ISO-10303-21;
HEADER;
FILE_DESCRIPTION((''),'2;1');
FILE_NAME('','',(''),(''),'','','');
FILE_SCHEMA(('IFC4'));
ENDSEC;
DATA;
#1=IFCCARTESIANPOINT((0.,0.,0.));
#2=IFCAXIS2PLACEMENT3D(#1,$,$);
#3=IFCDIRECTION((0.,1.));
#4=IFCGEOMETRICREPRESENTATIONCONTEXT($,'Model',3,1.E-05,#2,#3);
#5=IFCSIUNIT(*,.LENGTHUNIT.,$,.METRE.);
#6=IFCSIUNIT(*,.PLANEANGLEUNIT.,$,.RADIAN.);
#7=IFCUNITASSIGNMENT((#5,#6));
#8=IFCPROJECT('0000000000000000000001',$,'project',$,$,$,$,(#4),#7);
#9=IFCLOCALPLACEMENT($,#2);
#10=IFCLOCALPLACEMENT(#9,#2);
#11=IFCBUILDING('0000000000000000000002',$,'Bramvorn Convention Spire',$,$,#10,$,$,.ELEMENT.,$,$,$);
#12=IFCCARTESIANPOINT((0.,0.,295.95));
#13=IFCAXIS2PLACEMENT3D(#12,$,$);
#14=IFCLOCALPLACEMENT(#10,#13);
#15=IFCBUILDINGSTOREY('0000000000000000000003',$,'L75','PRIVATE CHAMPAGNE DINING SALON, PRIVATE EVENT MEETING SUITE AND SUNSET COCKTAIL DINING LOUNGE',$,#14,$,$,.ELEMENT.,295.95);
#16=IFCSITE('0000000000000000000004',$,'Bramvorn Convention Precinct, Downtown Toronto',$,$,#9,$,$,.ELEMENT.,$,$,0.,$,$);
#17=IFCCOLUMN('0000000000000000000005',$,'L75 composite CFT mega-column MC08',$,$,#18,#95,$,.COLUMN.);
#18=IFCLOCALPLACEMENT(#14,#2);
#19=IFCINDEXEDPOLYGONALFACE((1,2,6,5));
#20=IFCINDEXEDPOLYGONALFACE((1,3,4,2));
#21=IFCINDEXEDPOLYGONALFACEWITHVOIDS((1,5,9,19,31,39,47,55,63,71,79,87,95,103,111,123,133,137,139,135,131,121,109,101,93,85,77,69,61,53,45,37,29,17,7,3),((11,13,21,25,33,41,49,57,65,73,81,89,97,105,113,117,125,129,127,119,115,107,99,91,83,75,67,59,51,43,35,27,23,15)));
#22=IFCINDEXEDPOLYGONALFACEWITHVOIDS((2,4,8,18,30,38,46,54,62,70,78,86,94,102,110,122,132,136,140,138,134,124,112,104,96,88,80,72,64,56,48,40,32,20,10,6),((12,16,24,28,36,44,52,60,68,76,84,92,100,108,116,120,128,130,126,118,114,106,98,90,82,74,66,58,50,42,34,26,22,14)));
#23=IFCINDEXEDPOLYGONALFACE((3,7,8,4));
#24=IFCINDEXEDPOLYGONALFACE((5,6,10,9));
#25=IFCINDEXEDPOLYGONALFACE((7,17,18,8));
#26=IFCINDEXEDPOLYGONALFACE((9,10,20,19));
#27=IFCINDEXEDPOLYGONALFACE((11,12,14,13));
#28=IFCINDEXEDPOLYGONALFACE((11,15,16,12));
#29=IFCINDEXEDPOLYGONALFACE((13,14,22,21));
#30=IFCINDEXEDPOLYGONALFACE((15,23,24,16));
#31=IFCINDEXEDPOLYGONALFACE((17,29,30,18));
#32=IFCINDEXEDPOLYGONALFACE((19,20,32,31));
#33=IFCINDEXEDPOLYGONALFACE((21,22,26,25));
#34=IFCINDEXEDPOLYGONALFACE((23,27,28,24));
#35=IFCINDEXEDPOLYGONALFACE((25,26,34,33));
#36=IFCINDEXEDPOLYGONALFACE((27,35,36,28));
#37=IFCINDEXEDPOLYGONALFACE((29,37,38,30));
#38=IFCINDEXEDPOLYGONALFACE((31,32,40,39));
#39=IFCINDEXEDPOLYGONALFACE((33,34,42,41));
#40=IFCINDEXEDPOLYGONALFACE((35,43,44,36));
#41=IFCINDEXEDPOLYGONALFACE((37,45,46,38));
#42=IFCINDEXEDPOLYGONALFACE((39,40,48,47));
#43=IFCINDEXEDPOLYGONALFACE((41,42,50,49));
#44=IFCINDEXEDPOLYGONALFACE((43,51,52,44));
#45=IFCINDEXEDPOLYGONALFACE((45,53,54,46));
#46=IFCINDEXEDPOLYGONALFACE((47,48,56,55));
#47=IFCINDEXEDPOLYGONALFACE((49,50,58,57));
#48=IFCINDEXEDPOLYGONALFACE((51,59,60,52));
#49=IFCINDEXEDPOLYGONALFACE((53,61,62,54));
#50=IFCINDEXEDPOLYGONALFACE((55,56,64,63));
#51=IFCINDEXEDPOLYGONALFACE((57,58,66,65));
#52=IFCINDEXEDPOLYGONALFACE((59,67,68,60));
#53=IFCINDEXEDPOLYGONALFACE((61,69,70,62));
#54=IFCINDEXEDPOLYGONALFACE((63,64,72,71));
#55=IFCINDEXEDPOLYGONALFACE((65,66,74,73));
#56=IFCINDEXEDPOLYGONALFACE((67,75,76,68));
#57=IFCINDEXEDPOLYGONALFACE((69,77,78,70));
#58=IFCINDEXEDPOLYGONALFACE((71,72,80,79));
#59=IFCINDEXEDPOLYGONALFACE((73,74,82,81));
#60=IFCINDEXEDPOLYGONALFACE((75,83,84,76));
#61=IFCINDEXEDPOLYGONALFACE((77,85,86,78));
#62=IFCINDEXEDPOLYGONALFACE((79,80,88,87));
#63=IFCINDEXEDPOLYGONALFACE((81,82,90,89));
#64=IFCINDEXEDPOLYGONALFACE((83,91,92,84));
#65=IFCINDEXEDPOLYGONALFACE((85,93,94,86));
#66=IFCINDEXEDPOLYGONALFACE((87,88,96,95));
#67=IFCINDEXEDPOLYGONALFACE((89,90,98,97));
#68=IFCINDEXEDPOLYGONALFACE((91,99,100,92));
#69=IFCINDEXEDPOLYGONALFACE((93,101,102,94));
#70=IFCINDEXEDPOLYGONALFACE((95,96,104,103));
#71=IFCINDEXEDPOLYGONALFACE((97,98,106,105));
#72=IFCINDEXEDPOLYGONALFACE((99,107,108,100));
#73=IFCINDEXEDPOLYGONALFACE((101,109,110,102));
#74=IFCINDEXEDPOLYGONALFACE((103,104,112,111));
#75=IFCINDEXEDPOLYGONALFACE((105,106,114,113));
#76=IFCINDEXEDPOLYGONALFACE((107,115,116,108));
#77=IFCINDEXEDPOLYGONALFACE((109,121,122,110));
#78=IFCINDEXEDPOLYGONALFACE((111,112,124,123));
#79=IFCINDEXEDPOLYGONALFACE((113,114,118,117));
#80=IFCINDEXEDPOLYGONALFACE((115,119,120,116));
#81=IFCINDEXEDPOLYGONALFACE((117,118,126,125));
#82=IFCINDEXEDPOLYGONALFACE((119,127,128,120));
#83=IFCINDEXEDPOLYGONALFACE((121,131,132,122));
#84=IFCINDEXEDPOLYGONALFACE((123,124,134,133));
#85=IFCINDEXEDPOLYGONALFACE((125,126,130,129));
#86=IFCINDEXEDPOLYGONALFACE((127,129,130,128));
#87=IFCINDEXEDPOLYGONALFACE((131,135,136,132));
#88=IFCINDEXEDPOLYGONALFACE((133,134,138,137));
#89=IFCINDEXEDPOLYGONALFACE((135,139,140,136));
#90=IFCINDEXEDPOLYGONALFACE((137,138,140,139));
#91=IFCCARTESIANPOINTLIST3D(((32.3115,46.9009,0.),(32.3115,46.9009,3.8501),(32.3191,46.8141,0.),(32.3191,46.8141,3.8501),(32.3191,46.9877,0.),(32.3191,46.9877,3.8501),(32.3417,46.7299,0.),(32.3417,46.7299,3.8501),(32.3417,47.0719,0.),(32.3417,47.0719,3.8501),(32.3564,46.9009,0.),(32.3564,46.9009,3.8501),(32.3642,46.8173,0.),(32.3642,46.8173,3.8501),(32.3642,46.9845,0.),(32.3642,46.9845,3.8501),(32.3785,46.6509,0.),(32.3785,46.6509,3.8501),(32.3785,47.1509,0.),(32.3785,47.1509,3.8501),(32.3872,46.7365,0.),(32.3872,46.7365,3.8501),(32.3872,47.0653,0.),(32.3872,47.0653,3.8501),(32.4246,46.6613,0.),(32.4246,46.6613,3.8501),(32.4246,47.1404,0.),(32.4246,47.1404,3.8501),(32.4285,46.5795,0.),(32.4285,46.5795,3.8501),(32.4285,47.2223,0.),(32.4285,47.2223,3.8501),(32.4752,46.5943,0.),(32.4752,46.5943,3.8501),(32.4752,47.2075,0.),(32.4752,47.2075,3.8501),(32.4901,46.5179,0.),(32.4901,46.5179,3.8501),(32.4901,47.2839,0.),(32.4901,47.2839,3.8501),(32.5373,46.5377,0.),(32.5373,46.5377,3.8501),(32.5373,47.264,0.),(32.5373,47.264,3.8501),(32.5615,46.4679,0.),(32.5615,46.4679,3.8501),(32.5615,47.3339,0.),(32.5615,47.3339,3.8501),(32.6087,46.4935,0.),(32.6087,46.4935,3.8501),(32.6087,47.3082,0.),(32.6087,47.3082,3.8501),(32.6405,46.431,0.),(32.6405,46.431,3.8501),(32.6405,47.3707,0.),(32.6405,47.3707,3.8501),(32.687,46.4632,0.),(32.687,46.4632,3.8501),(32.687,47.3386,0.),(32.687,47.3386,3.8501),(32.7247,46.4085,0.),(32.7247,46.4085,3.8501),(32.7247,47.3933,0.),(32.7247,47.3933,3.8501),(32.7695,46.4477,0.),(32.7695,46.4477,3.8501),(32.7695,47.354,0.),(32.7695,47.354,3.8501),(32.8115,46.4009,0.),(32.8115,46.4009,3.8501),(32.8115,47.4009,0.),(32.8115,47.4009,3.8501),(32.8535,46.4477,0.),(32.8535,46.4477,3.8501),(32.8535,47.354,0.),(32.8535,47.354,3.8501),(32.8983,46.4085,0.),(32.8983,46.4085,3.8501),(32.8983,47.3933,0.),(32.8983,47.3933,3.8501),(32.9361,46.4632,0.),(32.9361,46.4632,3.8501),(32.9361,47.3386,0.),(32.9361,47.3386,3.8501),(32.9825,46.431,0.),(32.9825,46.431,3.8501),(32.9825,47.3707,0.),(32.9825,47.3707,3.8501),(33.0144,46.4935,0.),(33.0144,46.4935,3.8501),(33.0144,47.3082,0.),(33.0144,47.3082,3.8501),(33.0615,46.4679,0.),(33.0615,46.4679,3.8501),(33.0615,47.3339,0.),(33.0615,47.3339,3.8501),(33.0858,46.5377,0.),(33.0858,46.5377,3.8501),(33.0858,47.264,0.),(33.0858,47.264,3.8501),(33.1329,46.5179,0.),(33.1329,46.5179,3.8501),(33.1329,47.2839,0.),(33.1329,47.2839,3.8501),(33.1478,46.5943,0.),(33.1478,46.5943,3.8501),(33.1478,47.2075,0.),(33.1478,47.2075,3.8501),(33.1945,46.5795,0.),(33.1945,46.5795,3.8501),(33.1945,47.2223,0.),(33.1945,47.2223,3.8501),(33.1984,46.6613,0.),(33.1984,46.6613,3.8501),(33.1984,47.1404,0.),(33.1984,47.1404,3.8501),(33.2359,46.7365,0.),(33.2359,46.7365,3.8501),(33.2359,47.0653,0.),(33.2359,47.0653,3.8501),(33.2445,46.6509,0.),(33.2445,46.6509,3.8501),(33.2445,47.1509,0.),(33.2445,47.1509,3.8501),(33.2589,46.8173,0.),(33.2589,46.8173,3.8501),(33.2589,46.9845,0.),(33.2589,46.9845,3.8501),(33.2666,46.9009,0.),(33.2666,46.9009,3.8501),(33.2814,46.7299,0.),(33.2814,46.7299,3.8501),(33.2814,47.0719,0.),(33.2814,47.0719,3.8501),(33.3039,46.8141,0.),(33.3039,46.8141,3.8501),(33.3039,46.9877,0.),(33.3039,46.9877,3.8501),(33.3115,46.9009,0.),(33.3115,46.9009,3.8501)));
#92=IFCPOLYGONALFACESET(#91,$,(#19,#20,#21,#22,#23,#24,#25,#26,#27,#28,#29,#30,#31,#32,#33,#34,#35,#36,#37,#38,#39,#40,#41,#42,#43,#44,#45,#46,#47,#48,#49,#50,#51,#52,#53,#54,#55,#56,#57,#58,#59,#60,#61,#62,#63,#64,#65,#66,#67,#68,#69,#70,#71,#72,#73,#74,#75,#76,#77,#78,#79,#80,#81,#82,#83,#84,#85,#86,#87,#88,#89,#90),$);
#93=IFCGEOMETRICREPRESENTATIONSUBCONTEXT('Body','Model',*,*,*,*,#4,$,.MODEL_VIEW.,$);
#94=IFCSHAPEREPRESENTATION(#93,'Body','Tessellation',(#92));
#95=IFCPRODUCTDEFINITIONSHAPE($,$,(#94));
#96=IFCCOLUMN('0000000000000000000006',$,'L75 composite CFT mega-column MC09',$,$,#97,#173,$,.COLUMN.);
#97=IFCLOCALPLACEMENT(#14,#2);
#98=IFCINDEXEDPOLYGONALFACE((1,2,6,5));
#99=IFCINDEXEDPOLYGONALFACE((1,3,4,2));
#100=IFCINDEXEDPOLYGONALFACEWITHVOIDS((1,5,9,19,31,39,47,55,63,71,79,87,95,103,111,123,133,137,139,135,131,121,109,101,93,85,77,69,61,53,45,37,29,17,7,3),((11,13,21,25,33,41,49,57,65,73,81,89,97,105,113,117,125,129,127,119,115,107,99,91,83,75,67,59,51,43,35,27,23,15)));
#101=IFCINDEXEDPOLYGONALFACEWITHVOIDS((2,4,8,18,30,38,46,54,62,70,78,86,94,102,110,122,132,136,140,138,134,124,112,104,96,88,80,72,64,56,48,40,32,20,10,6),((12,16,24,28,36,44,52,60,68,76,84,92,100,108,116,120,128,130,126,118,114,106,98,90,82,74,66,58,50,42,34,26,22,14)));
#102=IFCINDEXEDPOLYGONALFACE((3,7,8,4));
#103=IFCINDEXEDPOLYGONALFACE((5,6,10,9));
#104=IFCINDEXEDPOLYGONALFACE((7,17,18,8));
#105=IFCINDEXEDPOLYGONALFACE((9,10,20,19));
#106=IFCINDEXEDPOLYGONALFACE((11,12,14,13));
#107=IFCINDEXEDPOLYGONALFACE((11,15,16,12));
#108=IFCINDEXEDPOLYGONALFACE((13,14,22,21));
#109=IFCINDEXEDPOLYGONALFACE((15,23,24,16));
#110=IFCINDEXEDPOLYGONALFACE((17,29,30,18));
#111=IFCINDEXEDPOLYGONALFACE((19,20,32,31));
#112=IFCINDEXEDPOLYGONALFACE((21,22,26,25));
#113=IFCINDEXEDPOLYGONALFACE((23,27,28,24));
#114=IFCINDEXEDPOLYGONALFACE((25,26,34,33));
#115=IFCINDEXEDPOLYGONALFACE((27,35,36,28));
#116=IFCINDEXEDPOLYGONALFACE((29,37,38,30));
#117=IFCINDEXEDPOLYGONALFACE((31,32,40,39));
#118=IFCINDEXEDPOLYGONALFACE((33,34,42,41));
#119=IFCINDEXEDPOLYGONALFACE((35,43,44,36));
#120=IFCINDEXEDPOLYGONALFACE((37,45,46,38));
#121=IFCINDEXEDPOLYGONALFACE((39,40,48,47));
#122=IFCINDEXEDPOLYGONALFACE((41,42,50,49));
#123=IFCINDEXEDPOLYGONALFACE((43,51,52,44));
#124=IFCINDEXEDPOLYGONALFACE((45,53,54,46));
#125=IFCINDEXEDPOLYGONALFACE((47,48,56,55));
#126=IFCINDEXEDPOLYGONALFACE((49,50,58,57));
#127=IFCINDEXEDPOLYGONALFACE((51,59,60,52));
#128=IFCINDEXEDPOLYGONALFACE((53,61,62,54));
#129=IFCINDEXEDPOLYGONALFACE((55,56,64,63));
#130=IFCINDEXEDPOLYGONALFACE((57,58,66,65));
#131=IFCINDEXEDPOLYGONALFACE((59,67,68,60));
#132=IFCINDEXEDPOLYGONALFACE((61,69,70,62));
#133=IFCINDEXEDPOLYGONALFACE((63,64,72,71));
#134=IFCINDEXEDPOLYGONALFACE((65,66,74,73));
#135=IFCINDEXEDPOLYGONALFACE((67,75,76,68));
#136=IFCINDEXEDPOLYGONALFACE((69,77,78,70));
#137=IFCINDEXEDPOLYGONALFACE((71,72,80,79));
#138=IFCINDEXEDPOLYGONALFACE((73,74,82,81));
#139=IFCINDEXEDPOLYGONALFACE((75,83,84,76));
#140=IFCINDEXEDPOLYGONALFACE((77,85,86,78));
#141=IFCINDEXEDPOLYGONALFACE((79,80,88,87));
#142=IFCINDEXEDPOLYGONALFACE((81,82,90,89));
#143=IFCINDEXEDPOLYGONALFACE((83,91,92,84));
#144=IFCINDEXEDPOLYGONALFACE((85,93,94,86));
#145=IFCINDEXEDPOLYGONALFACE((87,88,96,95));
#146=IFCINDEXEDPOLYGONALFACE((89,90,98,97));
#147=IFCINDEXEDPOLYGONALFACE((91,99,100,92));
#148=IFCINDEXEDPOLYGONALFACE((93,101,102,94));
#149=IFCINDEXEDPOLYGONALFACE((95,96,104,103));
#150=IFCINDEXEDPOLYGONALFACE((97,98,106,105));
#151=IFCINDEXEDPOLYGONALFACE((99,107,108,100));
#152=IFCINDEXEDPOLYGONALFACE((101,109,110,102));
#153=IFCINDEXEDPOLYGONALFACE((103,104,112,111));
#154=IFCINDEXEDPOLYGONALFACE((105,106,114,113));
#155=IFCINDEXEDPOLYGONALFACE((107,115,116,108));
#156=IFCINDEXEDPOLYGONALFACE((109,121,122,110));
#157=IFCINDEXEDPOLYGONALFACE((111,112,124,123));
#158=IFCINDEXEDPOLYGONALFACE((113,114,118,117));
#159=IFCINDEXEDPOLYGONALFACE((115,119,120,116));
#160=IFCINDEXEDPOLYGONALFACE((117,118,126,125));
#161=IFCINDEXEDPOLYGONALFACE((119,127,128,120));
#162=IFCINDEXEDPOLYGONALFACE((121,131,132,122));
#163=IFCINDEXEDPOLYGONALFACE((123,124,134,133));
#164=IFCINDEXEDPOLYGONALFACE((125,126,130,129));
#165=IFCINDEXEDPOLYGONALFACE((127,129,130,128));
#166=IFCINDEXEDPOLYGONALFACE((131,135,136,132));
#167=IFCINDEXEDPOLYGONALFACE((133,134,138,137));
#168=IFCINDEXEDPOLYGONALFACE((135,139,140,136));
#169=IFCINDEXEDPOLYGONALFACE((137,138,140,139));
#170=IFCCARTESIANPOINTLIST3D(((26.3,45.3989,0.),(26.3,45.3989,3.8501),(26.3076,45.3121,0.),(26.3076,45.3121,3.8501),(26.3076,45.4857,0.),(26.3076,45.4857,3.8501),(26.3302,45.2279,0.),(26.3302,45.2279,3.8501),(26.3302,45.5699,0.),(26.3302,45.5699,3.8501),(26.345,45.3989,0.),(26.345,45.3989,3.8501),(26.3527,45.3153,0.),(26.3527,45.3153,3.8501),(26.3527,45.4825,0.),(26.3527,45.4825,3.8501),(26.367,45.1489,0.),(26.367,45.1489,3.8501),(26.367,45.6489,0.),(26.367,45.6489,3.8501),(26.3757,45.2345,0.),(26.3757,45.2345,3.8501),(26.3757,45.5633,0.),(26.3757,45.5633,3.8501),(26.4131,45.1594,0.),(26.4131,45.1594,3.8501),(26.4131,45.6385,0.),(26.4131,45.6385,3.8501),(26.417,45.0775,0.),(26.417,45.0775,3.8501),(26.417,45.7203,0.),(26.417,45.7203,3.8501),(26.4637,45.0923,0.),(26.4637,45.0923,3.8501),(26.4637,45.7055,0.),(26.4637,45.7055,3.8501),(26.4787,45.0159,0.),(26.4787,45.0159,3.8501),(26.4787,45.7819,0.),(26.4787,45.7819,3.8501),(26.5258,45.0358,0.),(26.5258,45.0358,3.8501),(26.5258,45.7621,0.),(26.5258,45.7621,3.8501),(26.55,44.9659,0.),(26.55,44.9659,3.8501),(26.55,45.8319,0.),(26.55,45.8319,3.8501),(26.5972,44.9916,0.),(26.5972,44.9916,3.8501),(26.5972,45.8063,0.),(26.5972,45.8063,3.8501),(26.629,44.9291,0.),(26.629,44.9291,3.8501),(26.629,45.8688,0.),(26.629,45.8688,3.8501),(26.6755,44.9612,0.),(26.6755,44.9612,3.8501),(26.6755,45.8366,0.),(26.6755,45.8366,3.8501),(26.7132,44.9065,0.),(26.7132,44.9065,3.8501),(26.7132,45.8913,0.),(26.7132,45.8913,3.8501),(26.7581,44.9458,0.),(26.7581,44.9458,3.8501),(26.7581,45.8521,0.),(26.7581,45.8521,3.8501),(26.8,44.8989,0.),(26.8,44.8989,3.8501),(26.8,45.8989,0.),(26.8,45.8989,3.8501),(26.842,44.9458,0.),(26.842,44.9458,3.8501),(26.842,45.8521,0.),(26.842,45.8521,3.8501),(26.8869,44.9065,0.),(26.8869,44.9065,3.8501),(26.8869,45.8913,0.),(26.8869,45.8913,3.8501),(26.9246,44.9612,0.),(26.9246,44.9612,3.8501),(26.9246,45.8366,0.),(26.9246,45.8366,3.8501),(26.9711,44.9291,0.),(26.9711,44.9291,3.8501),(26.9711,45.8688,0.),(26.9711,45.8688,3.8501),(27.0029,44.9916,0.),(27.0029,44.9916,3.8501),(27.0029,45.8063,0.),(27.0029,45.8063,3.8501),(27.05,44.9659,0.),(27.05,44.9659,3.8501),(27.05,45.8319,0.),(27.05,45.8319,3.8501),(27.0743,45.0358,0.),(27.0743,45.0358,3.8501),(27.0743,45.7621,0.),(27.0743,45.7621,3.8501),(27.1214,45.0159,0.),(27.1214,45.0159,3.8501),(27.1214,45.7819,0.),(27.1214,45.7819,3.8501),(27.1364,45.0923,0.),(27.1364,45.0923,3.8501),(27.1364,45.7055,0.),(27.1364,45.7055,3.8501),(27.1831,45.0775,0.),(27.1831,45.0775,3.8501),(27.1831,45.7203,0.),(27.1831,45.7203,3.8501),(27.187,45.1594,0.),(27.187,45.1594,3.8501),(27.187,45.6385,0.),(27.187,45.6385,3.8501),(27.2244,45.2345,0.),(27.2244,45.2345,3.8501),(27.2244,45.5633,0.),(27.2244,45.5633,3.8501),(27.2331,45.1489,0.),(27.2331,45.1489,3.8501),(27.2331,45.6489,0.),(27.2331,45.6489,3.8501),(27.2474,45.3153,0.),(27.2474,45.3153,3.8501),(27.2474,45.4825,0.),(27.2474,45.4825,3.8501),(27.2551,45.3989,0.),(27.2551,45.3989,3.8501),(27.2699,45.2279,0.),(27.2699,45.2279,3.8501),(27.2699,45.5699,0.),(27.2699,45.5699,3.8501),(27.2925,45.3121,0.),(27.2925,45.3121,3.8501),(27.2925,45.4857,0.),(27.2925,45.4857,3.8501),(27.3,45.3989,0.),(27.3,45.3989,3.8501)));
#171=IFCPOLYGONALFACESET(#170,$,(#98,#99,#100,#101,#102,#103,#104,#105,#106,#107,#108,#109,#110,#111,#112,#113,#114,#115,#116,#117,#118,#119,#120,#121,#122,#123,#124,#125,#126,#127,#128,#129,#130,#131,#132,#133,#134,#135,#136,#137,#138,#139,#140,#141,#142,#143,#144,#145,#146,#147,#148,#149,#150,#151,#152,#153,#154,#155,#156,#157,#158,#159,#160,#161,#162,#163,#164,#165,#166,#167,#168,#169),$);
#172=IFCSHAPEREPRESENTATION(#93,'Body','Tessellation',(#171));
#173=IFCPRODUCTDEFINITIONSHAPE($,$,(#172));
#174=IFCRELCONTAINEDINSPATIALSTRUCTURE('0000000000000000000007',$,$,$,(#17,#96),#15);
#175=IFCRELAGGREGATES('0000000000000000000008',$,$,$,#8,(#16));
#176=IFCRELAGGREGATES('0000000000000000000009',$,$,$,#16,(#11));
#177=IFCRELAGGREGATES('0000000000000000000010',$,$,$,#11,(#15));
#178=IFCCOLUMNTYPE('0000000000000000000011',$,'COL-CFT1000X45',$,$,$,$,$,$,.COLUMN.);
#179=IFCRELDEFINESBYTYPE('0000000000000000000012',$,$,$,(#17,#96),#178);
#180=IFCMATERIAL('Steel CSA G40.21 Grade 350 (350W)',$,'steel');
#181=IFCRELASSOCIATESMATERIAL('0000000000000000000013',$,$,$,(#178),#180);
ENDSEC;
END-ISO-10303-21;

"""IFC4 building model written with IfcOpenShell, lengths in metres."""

from ifc_helpers import new_model, si_unit, direction, frame, origin, origin_2d, place, context, subcontext, project, spatial, hollow_circle, extrude, material, material_profile, profile_set, type_object, element, save


model = new_model("IFC4")

# Units and contexts
model_context = context("Model", 3, precision=1e-05, world=origin(), true_north=direction((0.0, 1.0)))
body_context = subcontext(model_context, "Body", "Model", "MODEL_VIEW")
ifc_project = project(units=[si_unit("LENGTHUNIT", "METRE"), si_unit("PLANEANGLEUNIT", "RADIAN")], contexts=[model_context])

# Site, building, storey
site_placement = place(None, origin())
site = spatial("IfcSite", under=ifc_project, at=site_placement, Name="Bramvorn Convention Precinct, Downtown Toronto", CompositionType="ELEMENT", RefElevation=0.0)
building_placement = place(site_placement, origin())
building = spatial("IfcBuilding", under=site, at=building_placement, Name="Bramvorn Convention Spire", CompositionType="ELEMENT")
storey_placement = place(building_placement, frame((0.0, 0.0, 295.95)))
storey = spatial("IfcBuildingStorey", under=building, at=storey_placement, Name="L75", Description="PRIVATE CHAMPAGNE DINING SALON, PRIVATE EVENT MEETING SUITE AND SUNSET COCKTAIL DINING LOUNGE", CompositionType="ELEMENT", Elevation=295.95)

# Columns
ifc_material_1 = material(Name="Steel CSA G40.21 Grade 350 (350W)", Category="steel")
ifc_material_profile_1 = material_profile(ifc_material_1, hollow_circle(Radius=0.5, WallThickness=0.0449, at=origin_2d()))
ifc_profile_set_1 = profile_set([ifc_material_profile_1], Name="Steel CSA G40.21 Grade 350 (350W) - CFT1000X45")
column_type = type_object("IfcColumnType", Name="COL-CFT1000X45", PredefinedType="COLUMN", material=ifc_profile_set_1)
for number, where, z_axis, x_axis, name in (
    (1, (32.8115, 46.9009, 0.0), (0.0, 0.0, 1.0), (1.0, 0.0, 0.0), "L75 composite CFT mega-column MC08"),
    (2, (26.8, 45.3989, 0.0), (0.0, 0.0, 1.0), (1.0, 0.0, 0.0), "L75 composite CFT mega-column MC09"),
):
    element("IfcColumn", number, at=place(storey_placement, frame(where, z_axis=z_axis, x_axis=x_axis)), inside=storey, type_object=column_type, Name=name, PredefinedType="COLUMN", context=body_context, shape_type="SweptSolid", body=[
        extrude(hollow_circle(Radius=0.5, WallThickness=0.0449, at=origin_2d()), origin(), (0.0, 0.0, 1.0), 3.8501),
    ])

save(model, "model.ifc")
